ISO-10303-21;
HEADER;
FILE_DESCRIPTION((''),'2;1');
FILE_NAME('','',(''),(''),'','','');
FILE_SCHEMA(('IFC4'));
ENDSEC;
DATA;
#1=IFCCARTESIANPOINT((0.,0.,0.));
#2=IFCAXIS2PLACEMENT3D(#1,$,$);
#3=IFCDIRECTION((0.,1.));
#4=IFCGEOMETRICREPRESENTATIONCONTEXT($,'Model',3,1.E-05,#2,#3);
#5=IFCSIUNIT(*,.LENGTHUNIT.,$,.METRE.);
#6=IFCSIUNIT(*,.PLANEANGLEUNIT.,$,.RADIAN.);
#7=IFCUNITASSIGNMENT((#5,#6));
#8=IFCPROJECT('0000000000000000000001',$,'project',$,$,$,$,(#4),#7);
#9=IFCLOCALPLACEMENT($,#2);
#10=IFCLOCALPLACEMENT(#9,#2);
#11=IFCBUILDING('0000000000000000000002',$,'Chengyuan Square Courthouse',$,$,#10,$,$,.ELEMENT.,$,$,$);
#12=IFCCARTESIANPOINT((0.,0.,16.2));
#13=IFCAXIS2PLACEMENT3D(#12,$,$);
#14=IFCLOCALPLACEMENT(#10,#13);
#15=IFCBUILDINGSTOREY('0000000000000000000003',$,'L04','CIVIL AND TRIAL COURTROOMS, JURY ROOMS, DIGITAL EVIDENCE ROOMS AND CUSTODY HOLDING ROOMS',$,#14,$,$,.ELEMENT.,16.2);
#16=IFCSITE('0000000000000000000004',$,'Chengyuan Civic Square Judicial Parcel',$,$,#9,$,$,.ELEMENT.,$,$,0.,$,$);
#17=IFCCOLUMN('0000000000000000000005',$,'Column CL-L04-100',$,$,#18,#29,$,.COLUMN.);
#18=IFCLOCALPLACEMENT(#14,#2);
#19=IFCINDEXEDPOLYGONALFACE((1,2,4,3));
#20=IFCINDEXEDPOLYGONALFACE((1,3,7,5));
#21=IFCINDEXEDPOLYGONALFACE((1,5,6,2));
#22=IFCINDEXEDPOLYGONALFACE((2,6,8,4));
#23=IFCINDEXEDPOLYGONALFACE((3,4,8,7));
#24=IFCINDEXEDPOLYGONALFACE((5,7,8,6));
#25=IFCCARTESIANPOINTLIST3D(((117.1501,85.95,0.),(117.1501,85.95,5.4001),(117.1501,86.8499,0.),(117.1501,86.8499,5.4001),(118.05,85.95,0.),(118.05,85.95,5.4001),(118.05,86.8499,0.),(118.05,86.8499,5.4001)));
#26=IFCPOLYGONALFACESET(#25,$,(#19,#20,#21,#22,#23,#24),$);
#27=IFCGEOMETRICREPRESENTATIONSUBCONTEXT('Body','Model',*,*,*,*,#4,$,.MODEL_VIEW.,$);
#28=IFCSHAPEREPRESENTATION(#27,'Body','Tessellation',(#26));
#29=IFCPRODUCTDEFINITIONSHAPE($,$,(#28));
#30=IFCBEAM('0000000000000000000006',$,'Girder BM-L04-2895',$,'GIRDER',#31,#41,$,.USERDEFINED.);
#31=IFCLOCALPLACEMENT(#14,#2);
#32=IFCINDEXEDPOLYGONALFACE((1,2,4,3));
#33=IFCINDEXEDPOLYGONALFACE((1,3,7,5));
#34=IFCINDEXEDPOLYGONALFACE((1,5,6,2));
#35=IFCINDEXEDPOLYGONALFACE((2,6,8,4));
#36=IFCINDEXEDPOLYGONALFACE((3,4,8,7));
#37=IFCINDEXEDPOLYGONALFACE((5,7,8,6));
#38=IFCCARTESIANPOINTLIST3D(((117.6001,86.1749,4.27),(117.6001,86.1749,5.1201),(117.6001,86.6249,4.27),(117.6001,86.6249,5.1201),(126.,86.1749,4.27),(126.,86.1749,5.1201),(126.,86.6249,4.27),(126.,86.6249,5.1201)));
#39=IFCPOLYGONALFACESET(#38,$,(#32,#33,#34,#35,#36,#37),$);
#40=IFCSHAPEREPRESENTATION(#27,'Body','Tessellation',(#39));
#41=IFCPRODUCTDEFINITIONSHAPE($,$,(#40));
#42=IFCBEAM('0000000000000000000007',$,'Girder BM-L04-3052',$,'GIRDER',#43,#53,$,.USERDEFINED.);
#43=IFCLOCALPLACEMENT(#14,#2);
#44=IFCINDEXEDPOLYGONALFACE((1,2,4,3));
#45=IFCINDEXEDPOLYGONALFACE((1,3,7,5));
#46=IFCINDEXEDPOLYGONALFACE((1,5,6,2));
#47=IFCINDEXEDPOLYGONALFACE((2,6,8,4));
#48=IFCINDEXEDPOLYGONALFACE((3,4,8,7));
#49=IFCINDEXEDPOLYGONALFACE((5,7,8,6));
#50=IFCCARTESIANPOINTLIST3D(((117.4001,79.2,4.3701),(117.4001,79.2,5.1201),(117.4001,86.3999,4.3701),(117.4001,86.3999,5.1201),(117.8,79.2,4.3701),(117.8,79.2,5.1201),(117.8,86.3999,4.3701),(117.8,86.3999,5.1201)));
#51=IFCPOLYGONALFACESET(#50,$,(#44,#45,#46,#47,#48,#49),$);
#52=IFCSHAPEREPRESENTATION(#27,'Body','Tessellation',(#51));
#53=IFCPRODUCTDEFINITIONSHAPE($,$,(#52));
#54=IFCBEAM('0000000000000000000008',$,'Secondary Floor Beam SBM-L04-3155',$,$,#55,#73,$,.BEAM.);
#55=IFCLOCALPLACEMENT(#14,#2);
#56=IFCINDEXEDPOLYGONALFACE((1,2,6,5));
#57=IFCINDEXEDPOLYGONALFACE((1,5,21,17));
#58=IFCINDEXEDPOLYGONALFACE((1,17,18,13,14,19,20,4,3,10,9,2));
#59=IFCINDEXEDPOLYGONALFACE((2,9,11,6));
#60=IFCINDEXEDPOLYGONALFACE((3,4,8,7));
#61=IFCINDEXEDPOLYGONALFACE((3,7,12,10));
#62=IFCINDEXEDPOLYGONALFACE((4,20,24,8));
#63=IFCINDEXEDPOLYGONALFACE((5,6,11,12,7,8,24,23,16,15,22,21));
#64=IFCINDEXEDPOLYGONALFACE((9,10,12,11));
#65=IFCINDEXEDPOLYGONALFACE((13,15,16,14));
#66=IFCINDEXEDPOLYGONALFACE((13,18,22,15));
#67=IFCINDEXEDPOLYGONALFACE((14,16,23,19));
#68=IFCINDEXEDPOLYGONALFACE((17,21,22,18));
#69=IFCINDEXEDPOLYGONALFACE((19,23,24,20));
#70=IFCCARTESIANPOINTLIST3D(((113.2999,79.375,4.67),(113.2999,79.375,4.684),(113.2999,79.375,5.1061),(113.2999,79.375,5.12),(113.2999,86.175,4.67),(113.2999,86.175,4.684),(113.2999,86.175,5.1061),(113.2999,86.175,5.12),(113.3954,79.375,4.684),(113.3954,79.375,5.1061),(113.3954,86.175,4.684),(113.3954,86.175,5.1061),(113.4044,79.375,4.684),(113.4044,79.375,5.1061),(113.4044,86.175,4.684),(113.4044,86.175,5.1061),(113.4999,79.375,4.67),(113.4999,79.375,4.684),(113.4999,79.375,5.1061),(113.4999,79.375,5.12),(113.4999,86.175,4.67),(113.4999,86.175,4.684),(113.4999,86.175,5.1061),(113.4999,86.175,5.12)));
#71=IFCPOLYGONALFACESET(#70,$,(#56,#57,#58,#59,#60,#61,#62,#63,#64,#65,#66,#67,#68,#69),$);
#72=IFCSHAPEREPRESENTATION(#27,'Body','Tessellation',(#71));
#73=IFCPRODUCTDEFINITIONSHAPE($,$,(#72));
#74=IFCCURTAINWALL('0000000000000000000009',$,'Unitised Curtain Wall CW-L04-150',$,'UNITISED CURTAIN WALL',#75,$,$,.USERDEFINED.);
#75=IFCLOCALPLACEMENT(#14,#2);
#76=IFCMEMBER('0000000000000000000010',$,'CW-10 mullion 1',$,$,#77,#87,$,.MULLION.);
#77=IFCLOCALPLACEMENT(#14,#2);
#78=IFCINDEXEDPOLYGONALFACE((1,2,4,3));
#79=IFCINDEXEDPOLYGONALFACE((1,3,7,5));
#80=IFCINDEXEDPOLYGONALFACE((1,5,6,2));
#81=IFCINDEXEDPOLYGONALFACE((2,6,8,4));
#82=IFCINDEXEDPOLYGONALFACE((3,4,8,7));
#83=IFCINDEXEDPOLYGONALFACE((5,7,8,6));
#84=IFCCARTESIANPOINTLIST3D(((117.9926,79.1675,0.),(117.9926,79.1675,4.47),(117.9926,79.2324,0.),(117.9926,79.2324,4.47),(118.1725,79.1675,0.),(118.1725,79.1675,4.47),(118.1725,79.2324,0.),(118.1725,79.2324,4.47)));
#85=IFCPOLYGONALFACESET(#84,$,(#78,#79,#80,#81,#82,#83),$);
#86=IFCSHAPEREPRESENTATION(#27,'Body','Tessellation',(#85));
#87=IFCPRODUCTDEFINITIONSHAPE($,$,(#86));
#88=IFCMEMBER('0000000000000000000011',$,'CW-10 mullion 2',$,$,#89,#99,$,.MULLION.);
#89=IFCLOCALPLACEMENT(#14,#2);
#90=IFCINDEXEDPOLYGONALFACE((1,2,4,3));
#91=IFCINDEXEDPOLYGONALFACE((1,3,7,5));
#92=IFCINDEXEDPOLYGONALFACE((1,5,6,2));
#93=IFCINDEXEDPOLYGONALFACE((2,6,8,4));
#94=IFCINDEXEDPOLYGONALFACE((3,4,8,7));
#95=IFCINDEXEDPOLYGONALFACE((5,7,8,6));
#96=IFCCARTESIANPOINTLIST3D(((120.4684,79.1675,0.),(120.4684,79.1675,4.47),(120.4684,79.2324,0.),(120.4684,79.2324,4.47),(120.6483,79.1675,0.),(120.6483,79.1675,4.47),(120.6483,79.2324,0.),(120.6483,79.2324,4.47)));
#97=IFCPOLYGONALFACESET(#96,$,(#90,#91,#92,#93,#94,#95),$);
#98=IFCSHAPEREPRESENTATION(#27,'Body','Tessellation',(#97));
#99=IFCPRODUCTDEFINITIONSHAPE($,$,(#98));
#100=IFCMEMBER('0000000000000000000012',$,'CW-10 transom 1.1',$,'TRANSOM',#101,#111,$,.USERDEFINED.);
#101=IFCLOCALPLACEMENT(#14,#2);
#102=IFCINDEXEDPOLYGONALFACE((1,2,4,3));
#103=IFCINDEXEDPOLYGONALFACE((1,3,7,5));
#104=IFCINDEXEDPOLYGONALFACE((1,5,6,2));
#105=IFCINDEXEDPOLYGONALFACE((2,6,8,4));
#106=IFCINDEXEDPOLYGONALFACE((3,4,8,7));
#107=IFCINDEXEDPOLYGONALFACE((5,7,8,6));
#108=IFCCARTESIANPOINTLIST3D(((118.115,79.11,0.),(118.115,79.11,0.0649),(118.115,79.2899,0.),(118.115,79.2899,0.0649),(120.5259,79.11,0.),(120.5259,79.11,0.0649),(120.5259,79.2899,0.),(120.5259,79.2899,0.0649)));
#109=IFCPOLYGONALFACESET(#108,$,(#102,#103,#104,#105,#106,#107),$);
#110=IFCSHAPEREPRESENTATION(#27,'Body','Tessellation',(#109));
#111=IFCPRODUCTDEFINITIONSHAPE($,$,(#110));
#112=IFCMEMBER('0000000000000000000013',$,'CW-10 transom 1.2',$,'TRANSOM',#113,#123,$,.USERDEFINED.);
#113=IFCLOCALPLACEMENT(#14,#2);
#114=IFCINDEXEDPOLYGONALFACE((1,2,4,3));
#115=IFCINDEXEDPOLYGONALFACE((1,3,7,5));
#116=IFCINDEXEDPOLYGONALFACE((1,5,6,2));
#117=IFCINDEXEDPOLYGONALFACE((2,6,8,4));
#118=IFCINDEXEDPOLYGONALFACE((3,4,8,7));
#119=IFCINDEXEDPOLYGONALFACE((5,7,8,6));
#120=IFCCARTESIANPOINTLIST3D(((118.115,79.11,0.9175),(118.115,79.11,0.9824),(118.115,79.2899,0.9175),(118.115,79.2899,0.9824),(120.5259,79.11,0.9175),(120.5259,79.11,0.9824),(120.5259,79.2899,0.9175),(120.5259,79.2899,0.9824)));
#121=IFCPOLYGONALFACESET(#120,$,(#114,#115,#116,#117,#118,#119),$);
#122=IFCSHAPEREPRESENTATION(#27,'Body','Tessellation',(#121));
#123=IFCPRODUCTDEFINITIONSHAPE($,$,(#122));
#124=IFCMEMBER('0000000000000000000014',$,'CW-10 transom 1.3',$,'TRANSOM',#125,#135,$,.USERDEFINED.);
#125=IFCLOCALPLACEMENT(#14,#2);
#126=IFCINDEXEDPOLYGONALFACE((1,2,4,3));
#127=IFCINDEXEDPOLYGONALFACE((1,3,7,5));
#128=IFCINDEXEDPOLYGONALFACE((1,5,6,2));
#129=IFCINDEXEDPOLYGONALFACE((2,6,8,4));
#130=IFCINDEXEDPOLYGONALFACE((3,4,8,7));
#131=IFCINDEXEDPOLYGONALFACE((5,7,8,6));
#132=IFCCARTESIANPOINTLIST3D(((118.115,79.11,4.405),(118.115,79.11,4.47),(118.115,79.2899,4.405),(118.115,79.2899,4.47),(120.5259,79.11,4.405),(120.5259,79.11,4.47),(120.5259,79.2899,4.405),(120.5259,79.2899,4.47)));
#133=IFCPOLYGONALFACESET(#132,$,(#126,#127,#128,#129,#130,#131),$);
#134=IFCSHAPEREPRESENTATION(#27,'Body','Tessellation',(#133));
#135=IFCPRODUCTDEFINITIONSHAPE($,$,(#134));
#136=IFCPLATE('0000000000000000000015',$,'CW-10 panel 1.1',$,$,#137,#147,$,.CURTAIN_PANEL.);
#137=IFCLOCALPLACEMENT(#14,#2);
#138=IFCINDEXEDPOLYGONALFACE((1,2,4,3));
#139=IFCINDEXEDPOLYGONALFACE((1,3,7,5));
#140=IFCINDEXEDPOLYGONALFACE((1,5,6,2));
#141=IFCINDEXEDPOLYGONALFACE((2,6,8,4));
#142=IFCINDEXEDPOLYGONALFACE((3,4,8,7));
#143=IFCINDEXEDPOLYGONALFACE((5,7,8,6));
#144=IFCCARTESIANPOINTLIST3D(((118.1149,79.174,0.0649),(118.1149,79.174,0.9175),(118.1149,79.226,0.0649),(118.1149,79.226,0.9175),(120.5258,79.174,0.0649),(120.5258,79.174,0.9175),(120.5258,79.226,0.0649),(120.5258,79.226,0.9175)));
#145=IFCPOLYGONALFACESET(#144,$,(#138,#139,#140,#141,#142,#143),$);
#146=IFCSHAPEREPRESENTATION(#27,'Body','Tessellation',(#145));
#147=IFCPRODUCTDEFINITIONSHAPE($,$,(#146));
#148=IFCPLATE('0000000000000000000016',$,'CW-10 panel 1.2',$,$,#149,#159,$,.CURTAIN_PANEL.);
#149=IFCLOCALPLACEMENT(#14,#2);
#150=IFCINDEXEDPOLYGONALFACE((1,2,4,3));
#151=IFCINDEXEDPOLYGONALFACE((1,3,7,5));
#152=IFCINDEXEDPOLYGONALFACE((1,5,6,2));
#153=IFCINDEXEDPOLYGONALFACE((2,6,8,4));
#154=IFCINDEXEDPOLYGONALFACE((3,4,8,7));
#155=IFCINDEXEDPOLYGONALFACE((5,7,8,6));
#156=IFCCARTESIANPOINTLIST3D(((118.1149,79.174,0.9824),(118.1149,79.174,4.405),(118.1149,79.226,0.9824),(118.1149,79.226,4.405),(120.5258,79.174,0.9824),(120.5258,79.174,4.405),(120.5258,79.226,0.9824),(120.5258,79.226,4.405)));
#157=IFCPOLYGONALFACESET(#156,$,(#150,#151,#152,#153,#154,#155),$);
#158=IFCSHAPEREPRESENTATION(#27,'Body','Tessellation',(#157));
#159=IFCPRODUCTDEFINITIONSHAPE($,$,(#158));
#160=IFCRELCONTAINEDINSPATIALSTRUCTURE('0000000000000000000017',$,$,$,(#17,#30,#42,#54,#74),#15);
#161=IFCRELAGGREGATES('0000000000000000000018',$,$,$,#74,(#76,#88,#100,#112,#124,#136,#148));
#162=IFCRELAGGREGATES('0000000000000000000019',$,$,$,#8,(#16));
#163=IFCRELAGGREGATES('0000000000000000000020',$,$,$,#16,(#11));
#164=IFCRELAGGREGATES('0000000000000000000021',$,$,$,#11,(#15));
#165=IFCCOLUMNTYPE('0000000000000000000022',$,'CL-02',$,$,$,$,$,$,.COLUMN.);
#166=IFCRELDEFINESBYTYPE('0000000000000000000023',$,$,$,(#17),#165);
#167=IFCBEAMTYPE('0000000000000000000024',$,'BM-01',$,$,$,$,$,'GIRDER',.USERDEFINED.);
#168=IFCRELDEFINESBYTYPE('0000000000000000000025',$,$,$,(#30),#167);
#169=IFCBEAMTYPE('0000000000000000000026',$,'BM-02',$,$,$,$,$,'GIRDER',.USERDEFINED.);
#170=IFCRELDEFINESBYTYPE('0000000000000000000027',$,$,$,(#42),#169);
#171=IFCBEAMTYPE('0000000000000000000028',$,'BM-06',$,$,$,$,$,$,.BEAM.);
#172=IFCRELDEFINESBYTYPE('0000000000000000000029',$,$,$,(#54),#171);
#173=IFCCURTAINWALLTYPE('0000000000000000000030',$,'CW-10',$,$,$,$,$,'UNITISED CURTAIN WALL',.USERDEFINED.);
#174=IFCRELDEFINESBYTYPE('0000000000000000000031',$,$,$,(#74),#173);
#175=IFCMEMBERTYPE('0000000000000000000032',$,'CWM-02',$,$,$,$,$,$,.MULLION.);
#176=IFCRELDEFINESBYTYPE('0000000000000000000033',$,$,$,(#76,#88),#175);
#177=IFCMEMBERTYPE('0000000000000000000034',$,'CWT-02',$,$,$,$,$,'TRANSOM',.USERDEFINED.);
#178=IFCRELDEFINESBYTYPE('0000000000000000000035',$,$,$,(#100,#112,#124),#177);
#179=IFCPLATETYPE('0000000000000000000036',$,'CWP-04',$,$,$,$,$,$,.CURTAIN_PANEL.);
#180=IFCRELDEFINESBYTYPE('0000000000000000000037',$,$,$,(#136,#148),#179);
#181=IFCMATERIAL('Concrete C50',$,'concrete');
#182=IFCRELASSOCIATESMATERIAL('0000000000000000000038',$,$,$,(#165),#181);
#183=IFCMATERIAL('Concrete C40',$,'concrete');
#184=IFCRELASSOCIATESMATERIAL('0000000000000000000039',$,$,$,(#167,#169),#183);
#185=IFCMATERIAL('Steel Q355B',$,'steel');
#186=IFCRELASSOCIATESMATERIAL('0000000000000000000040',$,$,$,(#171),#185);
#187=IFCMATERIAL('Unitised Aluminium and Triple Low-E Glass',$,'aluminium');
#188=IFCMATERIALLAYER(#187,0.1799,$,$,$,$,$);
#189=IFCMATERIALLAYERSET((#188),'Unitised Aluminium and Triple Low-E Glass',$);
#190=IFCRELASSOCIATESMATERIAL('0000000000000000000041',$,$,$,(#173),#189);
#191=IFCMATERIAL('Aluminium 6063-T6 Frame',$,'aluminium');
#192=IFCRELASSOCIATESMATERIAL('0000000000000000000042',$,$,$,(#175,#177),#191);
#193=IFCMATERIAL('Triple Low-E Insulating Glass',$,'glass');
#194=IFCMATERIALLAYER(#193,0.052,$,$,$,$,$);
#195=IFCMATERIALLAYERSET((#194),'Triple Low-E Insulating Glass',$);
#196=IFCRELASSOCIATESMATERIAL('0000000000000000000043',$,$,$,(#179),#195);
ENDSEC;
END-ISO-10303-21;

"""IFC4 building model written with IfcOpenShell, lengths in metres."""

from ifc_helpers import new_model, si_unit, direction, frame, origin, origin_2d, place, context, subcontext, project, spatial, rectangle, i_section, extrude, material, layer, layer_set, material_profile, profile_set, type_object, element, aggregate, save


model = new_model("IFC4")

# Units and contexts
model_context = context("Model", 3, precision=1e-05, world=origin(), true_north=direction((0.0, 1.0)))
body_context = subcontext(model_context, "Body", "Model", "MODEL_VIEW")
ifc_project = project(units=[si_unit("LENGTHUNIT", "METRE"), si_unit("PLANEANGLEUNIT", "RADIAN")], contexts=[model_context])

# Site, building, storey
site_placement = place(None, origin())
site = spatial("IfcSite", under=ifc_project, at=site_placement, Name="Chengyuan Civic Square Judicial Parcel", CompositionType="ELEMENT", RefElevation=0.0)
building_placement = place(site_placement, origin())
building = spatial("IfcBuilding", under=site, at=building_placement, Name="Chengyuan Square Courthouse", CompositionType="ELEMENT")
storey_placement = place(building_placement, frame((0.0, 0.0, 16.2)))
storey = spatial("IfcBuildingStorey", under=building, at=storey_placement, Name="L04", Description="CIVIL AND TRIAL COURTROOMS, JURY ROOMS, DIGITAL EVIDENCE ROOMS AND CUSTODY HOLDING ROOMS", CompositionType="ELEMENT", Elevation=16.2)

# Column
ifc_material_1 = material(Name="Concrete C50", Category="concrete")
ifc_material_profile_1 = material_profile(ifc_material_1, rectangle(XDim=0.8999, YDim=0.8999, at=origin_2d()), Name="RC-COL-900x900")
ifc_profile_set_1 = profile_set([ifc_material_profile_1], Name="Concrete C50")
column_type = type_object("IfcColumnType", Name="CL-02", PredefinedType="COLUMN", material=ifc_profile_set_1)
column_placement = place(storey_placement, frame((117.6001, 86.3999, 0.0), z_axis=(0.0, 0.0, 1.0), x_axis=(1.0, 0.0, 0.0)))
element("IfcColumn", 1, at=column_placement, inside=storey, type_object=column_type, Name="Column CL-L04-100", PredefinedType="COLUMN", context=body_context, shape_type="SweptSolid", body=[
    extrude(rectangle(XDim=0.8999, YDim=0.8999, at=origin_2d()), origin(), (0.0, 0.0, 1.0), 5.4001),
])

# Beams
ifc_material_2 = material(Name="Concrete C40", Category="concrete")
ifc_material_profile_2 = material_profile(ifc_material_2, rectangle(XDim=0.45, YDim=0.8501, at=origin_2d()), Name="RC-BM-450x850")
ifc_profile_set_2 = profile_set([ifc_material_profile_2], Name="Concrete C40")
beam_type_1 = type_object("IfcBeamType", Name="BM-01", ElementType="GIRDER", PredefinedType="USERDEFINED", material=ifc_profile_set_2)
beam_1_placement = place(storey_placement, frame((117.6001, 86.3999, 4.6951), z_axis=(1.0, 0.0, 0.0), x_axis=(0.0, 1.0, 0.0)))
element("IfcBeam", 2, at=beam_1_placement, inside=storey, type_object=beam_type_1, Name="Girder BM-L04-2895", ObjectType="GIRDER", PredefinedType="USERDEFINED", context=body_context, shape_type="SweptSolid", body=[
    extrude(rectangle(XDim=0.45, YDim=0.8501, at=origin_2d()), origin(), (0.0, 0.0, 1.0), 8.3999),
])
ifc_material_profile_3 = material_profile(ifc_material_2, rectangle(XDim=0.3999, YDim=0.75, at=origin_2d()), Name="RC-BM-400x750")
ifc_profile_set_3 = profile_set([ifc_material_profile_3], Name="Concrete C40")
beam_type_2 = type_object("IfcBeamType", Name="BM-02", ElementType="GIRDER", PredefinedType="USERDEFINED", material=ifc_profile_set_3)
beam_2_placement = place(storey_placement, frame((117.6001, 79.2, 4.7451), z_axis=(0.0, 1.0, 0.0), x_axis=(-1.0, 0.0, 0.0)))
element("IfcBeam", 3, at=beam_2_placement, inside=storey, type_object=beam_type_2, Name="Girder BM-L04-3052", ObjectType="GIRDER", PredefinedType="USERDEFINED", context=body_context, shape_type="SweptSolid", body=[
    extrude(rectangle(XDim=0.3999, YDim=0.75, at=origin_2d()), origin(), (0.0, 0.0, 1.0), 7.2),
])
ifc_material_3 = material(Name="Steel Q355B", Category="steel")
ifc_material_profile_4 = material_profile(ifc_material_3, i_section(OverallWidth=0.2, OverallDepth=0.45, WebThickness=0.009, FlangeThickness=0.0139, at=origin_2d()), Name="HN 450x200x9x14")
ifc_profile_set_4 = profile_set([ifc_material_profile_4], Name="Steel Q355B")
beam_type_3 = type_object("IfcBeamType", Name="BM-06", PredefinedType="BEAM", material=ifc_profile_set_4)
beam_3_placement = place(storey_placement, frame((113.3999, 79.375, 4.895), z_axis=(0.0, 1.0, 0.0), x_axis=(-1.0, 0.0, 0.0)))
element("IfcBeam", 4, at=beam_3_placement, inside=storey, type_object=beam_type_3, Name="Secondary Floor Beam SBM-L04-3155", PredefinedType="BEAM", context=body_context, shape_type="SweptSolid", body=[
    extrude(i_section(OverallWidth=0.2, OverallDepth=0.45, WebThickness=0.009, FlangeThickness=0.0139, at=origin_2d()), origin(), (0.0, 0.0, 1.0), 6.8),
])

# Curtain wall, members, plates
ifc_material_4 = material(Name="Unitised Aluminium and Triple Low-E Glass", Category="aluminium")
ifc_layer_1 = layer(ifc_material_4, 0.1799)
ifc_layer_set_1 = layer_set([ifc_layer_1], Name="Unitised Aluminium and Triple Low-E Glass")
curtain_wall_type = type_object("IfcCurtainWallType", Name="CW-10", ElementType="UNITISED CURTAIN WALL", PredefinedType="USERDEFINED", material=ifc_layer_set_1)
curtain_wall_placement = place(storey_placement, origin())
curtain_wall = element("IfcCurtainWall", 5, at=curtain_wall_placement, inside=storey, type_object=curtain_wall_type, Name="Unitised Curtain Wall CW-L04-150", ObjectType="UNITISED CURTAIN WALL", PredefinedType="USERDEFINED")
ifc_material_5 = material(Name="Aluminium 6063-T6 Frame", Category="aluminium")
ifc_material_profile_5 = material_profile(ifc_material_5, rectangle(XDim=0.0649, YDim=0.1799, at=origin_2d()), Name="CW-MUL-65x180")
ifc_profile_set_5 = profile_set([ifc_material_profile_5], Name="Aluminium 6063-T6 Frame")
member_type_1 = type_object("IfcMemberType", Name="CWM-02", PredefinedType="MULLION", material=ifc_profile_set_5)
member_1_placement = place(storey_placement, frame((118.0825, 79.2, 0.0), z_axis=(0.0, 0.0, 1.0), x_axis=(0.0, 1.0, 0.0)))
member_1 = element("IfcMember", 6, at=member_1_placement, type_object=member_type_1, Name="CW-10 mullion 1", PredefinedType="MULLION", context=body_context, shape_type="SweptSolid", body=[
    extrude(rectangle(XDim=0.0649, YDim=0.1799, at=origin_2d()), origin(), (0.0, 0.0, 1.0), 4.47),
])
member_2_placement = place(storey_placement, frame((120.5583, 79.2, 0.0), z_axis=(0.0, 0.0, 1.0), x_axis=(0.0, 1.0, 0.0)))
member_2 = element("IfcMember", 7, at=member_2_placement, type_object=member_type_1, Name="CW-10 mullion 2", PredefinedType="MULLION", context=body_context, shape_type="SweptSolid", body=[
    extrude(rectangle(XDim=0.0649, YDim=0.1799, at=origin_2d()), origin(), (0.0, 0.0, 1.0), 4.47),
])
ifc_material_profile_6 = material_profile(ifc_material_5, rectangle(XDim=0.1799, YDim=0.0649, at=origin_2d()), Name="CW-TRN-65x140")
ifc_profile_set_6 = profile_set([ifc_material_profile_6], Name="Aluminium 6063-T6 Frame")
member_type_2 = type_object("IfcMemberType", Name="CWT-02", ElementType="TRANSOM", PredefinedType="USERDEFINED", material=ifc_profile_set_6)
member_3_placement = place(storey_placement, frame((118.115, 79.2, 0.0325), z_axis=(1.0, 0.0, 0.0), x_axis=(0.0, 1.0, 0.0)))
member_3 = element("IfcMember", 8, at=member_3_placement, type_object=member_type_2, Name="CW-10 transom 1.1", ObjectType="TRANSOM", PredefinedType="USERDEFINED", context=body_context, shape_type="SweptSolid", body=[
    extrude(rectangle(XDim=0.1799, YDim=0.0649, at=origin_2d()), origin(), (0.0, 0.0, 1.0), 2.4109),
])
member_4_placement = place(storey_placement, frame((118.115, 79.2, 0.95), z_axis=(1.0, 0.0, 0.0), x_axis=(0.0, 1.0, 0.0)))
member_4 = element("IfcMember", 9, at=member_4_placement, type_object=member_type_2, Name="CW-10 transom 1.2", ObjectType="TRANSOM", PredefinedType="USERDEFINED", context=body_context, shape_type="SweptSolid", body=[
    extrude(rectangle(XDim=0.1799, YDim=0.0649, at=origin_2d()), origin(), (0.0, 0.0, 1.0), 2.4109),
])
member_5_placement = place(storey_placement, frame((118.115, 79.2, 4.4375), z_axis=(1.0, 0.0, 0.0), x_axis=(0.0, 1.0, 0.0)))
member_5 = element("IfcMember", 10, at=member_5_placement, type_object=member_type_2, Name="CW-10 transom 1.3", ObjectType="TRANSOM", PredefinedType="USERDEFINED", context=body_context, shape_type="SweptSolid", body=[
    extrude(rectangle(XDim=0.1799, YDim=0.0649, at=origin_2d()), origin(), (0.0, 0.0, 1.0), 2.4109),
])
ifc_material_6 = material(Name="Triple Low-E Insulating Glass", Category="glass")
ifc_layer_2 = layer(ifc_material_6, 0.052)
ifc_layer_set_2 = layer_set([ifc_layer_2], Name="Triple Low-E Insulating Glass")
plate_type = type_object("IfcPlateType", Name="CWP-04", PredefinedType="CURTAIN_PANEL", material=ifc_layer_set_2)
plate_1_placement = place(storey_placement, frame((119.3203, 79.2, 0.0649), z_axis=(0.0, 0.0, 1.0), x_axis=(1.0, 0.0, 0.0)))
plate_1 = element("IfcPlate", 11, at=plate_1_placement, type_object=plate_type, Name="CW-10 panel 1.1", PredefinedType="CURTAIN_PANEL", context=body_context, shape_type="SweptSolid", body=[
    extrude(rectangle(XDim=2.4109, YDim=0.052, at=origin_2d()), origin(), (0.0, 0.0, 1.0), 0.8525),
])
plate_2_placement = place(storey_placement, frame((119.3203, 79.2, 0.9824), z_axis=(0.0, 0.0, 1.0), x_axis=(1.0, 0.0, 0.0)))
plate_2 = element("IfcPlate", 12, at=plate_2_placement, type_object=plate_type, Name="CW-10 panel 1.2", PredefinedType="CURTAIN_PANEL", context=body_context, shape_type="SweptSolid", body=[
    extrude(rectangle(XDim=2.4109, YDim=0.052, at=origin_2d()), origin(), (0.0, 0.0, 1.0), 3.4226),
])
aggregate(curtain_wall, [member_1, member_2, member_3, member_4, member_5, plate_1, plate_2])

save(model, "model.ifc")
